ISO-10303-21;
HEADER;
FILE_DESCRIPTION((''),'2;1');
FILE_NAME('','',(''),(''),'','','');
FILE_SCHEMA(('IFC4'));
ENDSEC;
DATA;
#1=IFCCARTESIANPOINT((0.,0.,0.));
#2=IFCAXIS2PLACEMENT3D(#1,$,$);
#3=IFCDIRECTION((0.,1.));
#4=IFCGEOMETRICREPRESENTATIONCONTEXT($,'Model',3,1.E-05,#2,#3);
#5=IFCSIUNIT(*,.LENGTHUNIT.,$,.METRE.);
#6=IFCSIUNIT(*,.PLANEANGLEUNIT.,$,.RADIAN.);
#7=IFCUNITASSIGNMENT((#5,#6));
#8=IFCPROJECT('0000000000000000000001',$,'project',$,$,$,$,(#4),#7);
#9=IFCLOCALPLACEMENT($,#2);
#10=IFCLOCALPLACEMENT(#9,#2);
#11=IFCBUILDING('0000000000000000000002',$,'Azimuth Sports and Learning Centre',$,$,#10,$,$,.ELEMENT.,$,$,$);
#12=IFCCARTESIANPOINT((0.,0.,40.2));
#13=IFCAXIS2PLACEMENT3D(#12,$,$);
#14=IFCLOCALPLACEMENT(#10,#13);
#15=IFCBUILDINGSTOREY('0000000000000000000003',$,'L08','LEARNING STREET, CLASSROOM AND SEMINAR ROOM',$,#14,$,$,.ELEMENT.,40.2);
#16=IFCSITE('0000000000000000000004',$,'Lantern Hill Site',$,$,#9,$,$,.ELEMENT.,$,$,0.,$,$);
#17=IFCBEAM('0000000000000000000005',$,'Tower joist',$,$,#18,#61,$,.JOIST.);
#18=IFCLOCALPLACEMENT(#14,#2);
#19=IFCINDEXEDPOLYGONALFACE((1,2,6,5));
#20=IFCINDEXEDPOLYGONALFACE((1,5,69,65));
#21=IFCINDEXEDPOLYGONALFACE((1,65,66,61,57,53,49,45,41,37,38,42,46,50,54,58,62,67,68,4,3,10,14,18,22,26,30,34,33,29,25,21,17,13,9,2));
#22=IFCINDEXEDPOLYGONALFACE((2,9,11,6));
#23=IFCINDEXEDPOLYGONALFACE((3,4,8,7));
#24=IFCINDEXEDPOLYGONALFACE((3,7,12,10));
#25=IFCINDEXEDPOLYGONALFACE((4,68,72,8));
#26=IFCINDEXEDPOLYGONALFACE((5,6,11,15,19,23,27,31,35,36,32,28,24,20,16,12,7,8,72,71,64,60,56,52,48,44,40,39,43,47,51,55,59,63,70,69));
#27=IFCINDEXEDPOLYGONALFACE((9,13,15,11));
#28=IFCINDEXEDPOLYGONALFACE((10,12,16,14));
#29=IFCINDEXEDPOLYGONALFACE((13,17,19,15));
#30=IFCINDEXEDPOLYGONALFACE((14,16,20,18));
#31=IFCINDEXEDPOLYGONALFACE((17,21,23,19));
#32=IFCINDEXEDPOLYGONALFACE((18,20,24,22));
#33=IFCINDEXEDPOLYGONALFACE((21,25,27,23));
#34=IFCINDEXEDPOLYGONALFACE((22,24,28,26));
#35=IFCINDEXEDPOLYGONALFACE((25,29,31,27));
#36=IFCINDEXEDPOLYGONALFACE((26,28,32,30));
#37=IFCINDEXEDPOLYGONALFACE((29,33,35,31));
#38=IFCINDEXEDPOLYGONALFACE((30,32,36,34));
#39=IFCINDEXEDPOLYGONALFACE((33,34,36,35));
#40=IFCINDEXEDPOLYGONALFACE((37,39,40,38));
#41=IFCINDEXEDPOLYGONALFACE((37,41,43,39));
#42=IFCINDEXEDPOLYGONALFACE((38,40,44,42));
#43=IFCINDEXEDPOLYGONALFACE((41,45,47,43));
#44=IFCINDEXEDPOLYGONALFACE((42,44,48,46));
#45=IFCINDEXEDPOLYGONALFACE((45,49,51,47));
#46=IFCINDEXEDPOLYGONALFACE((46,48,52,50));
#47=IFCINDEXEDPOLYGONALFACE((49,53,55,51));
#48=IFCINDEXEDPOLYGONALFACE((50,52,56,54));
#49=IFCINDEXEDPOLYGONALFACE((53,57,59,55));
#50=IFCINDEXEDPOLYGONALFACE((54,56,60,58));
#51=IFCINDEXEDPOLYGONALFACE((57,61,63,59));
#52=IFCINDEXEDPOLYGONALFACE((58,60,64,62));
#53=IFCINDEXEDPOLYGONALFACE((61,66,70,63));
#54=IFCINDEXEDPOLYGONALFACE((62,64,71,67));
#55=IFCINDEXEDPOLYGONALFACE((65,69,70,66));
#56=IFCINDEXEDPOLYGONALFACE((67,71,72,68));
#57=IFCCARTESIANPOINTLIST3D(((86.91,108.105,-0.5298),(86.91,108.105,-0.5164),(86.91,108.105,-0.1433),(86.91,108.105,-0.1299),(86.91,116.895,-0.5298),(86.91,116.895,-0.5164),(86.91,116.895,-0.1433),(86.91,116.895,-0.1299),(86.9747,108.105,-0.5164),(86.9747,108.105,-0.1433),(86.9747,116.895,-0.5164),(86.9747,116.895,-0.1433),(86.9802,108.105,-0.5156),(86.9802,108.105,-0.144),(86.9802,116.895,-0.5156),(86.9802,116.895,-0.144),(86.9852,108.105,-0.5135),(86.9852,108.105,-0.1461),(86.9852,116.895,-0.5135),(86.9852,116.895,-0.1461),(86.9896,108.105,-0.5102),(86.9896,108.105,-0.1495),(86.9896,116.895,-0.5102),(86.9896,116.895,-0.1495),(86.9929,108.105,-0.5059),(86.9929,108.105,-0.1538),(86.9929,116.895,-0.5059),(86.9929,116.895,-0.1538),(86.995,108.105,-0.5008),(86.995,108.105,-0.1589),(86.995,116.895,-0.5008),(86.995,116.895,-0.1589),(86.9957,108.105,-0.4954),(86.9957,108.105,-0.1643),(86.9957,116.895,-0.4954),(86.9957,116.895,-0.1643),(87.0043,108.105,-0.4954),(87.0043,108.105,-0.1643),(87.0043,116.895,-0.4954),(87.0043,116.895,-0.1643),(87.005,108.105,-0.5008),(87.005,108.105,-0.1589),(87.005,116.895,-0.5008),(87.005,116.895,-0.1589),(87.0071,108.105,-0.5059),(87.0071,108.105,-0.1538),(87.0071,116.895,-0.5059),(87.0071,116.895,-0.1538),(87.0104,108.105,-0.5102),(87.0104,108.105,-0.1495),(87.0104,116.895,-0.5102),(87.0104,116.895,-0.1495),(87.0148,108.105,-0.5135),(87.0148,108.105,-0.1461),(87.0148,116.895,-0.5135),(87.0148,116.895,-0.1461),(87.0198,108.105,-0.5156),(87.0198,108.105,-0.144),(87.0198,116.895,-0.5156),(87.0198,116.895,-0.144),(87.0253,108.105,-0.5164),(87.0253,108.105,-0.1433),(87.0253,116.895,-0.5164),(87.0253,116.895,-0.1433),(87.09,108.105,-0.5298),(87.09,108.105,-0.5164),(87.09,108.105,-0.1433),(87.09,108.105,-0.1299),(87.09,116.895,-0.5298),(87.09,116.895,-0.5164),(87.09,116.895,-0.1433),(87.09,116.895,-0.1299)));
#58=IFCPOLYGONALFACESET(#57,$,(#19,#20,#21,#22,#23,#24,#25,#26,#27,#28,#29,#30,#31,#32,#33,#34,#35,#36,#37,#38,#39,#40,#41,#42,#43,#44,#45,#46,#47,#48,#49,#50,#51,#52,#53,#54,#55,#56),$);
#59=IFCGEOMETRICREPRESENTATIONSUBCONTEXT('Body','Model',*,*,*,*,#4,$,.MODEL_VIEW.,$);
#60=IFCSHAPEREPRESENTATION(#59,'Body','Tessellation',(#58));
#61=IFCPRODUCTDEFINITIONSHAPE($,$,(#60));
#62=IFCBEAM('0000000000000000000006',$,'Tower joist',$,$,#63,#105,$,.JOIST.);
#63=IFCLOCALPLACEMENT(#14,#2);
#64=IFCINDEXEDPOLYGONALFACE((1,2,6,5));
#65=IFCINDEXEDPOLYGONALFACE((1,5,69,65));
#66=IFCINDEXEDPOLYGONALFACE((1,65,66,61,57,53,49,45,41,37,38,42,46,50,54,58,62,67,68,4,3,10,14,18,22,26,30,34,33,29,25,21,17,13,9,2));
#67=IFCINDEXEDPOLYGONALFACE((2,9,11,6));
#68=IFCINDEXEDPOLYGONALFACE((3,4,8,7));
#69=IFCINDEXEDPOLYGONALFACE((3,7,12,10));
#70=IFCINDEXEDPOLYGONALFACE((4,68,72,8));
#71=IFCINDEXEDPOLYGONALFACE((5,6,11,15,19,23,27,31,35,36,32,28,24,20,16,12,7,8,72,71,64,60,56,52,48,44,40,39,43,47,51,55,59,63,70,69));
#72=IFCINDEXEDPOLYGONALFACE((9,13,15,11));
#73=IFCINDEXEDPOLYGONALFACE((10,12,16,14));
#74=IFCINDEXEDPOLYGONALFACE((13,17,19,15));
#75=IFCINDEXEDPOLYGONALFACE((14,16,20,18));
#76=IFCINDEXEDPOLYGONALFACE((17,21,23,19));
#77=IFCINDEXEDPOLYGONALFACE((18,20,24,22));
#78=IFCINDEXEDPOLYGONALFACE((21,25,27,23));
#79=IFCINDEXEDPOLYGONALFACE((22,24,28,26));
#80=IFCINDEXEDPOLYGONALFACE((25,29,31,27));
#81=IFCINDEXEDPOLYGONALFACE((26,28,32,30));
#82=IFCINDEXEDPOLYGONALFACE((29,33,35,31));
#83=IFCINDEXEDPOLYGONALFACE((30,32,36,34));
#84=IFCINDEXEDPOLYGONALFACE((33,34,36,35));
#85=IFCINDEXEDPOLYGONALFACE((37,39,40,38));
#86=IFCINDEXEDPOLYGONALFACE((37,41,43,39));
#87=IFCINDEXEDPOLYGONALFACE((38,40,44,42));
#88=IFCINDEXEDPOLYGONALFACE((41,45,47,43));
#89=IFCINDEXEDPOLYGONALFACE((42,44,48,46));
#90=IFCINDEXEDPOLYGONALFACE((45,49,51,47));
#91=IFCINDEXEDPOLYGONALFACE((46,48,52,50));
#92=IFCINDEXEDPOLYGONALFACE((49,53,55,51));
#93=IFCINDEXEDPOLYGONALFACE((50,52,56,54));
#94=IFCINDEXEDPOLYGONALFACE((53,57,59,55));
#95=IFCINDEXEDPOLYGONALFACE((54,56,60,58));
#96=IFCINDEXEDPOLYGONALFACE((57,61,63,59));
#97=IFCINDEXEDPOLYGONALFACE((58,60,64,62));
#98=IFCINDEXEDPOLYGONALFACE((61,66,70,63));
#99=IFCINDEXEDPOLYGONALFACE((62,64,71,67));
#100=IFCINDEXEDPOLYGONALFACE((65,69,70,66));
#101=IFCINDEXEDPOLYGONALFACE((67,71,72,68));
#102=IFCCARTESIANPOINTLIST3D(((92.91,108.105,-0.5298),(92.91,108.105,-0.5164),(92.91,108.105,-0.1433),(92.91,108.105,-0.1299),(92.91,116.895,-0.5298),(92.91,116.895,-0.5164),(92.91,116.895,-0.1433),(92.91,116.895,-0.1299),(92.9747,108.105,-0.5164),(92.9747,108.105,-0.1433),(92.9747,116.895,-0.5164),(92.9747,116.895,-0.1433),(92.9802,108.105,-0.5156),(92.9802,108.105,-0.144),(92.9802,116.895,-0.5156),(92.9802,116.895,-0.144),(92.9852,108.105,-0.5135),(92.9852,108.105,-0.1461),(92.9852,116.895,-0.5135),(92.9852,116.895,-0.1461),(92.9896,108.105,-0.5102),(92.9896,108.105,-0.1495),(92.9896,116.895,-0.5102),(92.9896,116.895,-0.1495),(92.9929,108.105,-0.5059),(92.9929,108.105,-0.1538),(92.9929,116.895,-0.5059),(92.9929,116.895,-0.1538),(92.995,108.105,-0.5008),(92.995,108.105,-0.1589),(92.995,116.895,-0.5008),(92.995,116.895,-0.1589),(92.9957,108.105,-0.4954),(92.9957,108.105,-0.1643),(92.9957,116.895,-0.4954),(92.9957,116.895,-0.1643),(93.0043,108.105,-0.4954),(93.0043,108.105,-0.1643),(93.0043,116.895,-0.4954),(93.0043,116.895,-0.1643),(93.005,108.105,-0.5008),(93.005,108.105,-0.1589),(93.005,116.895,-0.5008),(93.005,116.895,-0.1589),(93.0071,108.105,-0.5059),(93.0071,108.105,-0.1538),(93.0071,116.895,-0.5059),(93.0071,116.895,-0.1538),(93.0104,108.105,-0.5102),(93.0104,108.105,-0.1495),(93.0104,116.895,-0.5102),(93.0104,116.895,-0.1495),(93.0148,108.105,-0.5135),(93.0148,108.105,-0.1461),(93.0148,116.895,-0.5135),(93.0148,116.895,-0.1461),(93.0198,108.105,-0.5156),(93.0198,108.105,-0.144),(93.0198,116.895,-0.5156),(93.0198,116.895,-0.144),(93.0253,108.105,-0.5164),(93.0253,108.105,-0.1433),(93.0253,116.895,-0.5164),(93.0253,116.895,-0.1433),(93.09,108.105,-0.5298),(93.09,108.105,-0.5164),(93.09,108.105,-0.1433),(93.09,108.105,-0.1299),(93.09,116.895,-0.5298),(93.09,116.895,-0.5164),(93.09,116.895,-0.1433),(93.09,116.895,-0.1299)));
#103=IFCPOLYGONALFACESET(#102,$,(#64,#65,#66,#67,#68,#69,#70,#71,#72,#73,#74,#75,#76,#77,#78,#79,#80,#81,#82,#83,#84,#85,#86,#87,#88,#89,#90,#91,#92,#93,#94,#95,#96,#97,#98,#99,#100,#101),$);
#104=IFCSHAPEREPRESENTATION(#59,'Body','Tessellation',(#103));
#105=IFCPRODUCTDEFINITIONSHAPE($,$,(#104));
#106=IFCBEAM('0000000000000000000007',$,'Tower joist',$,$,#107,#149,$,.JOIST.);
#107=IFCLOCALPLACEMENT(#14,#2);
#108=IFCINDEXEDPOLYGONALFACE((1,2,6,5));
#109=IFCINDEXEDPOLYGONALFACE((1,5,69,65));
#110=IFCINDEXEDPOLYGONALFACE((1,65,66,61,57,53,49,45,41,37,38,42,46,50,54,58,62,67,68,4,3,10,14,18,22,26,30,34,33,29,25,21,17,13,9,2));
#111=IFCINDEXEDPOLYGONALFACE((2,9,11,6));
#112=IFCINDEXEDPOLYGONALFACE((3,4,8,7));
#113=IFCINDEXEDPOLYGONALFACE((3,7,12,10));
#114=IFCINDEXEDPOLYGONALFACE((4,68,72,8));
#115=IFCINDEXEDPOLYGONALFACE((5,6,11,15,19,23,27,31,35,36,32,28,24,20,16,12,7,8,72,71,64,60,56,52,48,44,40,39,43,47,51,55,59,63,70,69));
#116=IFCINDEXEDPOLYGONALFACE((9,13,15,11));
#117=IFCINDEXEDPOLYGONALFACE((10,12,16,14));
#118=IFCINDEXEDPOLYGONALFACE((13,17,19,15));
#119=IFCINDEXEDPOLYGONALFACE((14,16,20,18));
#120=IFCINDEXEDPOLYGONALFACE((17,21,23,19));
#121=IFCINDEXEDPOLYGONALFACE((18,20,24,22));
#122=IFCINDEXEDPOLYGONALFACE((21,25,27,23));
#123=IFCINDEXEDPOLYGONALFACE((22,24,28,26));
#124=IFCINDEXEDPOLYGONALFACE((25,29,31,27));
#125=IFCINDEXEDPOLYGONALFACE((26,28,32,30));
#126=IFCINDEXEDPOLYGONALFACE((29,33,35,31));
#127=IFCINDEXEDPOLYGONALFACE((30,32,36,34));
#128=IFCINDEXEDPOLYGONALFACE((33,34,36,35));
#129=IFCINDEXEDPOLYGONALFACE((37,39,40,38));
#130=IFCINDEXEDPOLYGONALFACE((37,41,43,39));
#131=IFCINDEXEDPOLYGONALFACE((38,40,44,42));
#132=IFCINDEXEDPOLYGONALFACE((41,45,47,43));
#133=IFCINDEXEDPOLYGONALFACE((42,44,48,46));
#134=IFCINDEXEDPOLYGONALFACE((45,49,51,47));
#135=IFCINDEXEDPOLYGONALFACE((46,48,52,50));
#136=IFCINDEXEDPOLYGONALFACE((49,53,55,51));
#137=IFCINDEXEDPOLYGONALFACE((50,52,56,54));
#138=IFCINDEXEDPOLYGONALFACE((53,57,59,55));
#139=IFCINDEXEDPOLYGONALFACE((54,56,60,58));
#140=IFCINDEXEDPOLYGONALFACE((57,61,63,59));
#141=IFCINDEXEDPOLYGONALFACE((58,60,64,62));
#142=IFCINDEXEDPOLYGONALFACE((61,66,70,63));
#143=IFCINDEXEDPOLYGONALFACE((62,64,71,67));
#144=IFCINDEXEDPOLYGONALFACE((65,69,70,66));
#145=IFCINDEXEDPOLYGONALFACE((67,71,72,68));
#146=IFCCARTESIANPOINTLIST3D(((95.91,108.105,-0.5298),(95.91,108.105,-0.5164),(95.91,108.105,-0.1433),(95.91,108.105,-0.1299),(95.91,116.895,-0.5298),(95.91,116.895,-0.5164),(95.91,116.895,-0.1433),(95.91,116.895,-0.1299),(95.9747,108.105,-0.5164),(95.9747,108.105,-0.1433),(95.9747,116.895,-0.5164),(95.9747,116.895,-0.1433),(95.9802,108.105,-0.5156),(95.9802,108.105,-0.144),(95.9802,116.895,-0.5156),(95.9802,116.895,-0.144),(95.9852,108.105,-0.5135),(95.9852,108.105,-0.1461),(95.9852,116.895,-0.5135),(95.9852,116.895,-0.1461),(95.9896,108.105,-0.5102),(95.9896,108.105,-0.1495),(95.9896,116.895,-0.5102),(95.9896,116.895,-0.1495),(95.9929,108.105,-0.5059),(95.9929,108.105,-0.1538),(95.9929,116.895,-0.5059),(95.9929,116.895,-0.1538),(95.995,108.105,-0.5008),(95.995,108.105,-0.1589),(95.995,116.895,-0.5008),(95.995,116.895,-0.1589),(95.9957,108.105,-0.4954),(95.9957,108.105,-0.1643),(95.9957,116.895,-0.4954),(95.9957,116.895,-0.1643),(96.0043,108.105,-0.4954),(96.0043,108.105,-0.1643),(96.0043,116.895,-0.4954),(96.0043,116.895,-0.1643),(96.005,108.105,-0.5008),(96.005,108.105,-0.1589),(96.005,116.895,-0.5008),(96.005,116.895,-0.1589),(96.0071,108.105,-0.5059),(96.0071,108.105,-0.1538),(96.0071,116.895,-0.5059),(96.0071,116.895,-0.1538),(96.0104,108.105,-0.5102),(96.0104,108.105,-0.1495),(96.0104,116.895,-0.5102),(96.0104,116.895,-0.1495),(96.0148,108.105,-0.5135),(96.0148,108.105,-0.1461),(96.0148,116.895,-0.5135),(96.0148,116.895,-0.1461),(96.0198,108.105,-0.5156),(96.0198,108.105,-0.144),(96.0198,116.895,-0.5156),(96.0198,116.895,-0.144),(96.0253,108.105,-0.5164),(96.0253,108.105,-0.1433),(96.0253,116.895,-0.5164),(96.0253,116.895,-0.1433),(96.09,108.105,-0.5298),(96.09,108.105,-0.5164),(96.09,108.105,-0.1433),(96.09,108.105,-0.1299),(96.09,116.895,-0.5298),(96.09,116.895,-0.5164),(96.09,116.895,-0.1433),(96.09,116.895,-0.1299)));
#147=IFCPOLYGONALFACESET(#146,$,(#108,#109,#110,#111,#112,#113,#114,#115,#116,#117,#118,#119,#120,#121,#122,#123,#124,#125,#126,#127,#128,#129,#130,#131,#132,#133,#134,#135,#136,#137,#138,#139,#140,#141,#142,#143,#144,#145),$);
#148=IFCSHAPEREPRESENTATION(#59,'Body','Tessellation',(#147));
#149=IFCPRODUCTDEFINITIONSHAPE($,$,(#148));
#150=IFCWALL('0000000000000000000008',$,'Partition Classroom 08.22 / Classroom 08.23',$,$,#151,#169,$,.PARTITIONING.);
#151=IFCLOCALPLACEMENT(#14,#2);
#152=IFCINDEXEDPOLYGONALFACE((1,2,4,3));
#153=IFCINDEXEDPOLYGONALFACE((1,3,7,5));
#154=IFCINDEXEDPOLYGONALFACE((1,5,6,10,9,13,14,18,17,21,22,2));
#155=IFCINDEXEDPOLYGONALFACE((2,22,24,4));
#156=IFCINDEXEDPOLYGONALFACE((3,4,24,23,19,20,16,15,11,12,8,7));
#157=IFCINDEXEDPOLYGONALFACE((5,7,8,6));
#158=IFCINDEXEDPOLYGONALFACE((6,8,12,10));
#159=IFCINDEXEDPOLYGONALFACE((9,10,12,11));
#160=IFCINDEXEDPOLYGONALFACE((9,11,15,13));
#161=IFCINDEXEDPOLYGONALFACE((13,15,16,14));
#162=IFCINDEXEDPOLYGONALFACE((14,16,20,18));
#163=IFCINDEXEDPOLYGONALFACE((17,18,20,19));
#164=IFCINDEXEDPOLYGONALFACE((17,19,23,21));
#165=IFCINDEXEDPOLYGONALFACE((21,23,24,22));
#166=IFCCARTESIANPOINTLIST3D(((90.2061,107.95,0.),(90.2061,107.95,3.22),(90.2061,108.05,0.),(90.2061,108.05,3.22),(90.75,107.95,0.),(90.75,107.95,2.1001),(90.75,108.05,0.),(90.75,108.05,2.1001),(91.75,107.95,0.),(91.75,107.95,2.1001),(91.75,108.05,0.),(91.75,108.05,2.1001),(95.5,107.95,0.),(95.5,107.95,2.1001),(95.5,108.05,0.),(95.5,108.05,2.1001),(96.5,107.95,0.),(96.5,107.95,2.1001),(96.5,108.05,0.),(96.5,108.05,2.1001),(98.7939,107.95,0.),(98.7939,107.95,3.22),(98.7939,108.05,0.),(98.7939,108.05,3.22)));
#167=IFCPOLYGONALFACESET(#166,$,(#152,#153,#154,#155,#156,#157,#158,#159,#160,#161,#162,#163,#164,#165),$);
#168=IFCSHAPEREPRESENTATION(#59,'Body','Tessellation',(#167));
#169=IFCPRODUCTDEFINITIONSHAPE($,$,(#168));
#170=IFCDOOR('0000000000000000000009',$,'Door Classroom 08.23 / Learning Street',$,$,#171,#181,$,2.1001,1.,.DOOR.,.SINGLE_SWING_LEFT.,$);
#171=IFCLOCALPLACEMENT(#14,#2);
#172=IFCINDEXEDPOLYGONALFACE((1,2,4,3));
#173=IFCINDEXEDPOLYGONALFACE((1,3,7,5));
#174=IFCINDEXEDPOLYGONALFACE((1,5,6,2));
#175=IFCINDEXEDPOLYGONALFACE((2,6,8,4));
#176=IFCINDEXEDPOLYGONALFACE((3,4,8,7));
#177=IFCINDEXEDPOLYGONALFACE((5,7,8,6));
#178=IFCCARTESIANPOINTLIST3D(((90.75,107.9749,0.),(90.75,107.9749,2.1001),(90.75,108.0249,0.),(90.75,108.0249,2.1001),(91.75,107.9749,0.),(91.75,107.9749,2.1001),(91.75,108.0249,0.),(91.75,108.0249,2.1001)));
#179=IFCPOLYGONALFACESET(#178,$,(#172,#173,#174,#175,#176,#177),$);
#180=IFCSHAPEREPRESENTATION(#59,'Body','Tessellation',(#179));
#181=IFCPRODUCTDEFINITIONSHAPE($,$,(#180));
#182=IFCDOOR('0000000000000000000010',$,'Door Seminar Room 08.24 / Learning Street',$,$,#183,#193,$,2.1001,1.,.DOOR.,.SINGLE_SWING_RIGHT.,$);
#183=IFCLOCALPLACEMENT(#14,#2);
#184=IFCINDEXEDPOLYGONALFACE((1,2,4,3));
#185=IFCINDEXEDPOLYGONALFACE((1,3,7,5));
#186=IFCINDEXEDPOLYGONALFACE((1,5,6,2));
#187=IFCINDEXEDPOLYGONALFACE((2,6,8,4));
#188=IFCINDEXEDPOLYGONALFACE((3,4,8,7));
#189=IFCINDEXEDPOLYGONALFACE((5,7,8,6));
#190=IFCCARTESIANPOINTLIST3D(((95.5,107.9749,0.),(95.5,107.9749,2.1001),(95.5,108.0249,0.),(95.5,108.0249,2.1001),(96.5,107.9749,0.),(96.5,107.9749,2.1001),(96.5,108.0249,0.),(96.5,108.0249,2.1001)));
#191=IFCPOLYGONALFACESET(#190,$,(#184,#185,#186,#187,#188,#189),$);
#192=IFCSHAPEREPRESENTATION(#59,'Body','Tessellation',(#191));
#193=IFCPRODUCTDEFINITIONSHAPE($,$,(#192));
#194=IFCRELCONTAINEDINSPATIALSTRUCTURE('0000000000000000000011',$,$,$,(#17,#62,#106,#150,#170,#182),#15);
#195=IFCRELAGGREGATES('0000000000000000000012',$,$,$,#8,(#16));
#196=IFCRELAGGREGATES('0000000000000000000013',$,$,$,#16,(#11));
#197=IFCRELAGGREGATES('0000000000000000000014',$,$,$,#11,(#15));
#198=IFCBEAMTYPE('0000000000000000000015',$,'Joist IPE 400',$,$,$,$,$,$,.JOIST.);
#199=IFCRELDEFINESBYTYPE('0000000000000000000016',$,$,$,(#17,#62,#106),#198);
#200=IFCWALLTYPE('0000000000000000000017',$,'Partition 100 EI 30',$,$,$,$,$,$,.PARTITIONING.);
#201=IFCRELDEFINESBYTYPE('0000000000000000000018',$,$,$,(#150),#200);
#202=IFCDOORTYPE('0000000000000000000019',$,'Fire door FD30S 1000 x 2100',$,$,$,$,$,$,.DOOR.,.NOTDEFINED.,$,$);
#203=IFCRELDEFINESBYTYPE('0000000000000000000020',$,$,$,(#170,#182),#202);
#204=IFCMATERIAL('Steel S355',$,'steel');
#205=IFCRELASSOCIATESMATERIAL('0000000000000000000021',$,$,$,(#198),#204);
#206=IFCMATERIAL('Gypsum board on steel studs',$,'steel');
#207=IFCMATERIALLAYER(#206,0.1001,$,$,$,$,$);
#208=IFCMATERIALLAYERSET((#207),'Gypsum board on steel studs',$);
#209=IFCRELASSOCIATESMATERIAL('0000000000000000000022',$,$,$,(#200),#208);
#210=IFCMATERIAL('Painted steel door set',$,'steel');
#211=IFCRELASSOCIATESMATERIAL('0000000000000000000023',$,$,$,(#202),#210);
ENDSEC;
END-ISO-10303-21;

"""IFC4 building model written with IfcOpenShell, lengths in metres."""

from ifc_helpers import new_model, si_unit, direction, frame, frame_2d, origin, origin_2d, place, context, subcontext, project, spatial, rectangle, i_section, extrude, material, layer, layer_set, material_profile, profile_set, type_object, element, fill, save


model = new_model("IFC4")

# Units and contexts
model_context = context("Model", 3, precision=1e-05, world=origin(), true_north=direction((0.0, 1.0)))
body_context = subcontext(model_context, "Body", "Model", "MODEL_VIEW")
ifc_project = project(units=[si_unit("LENGTHUNIT", "METRE"), si_unit("PLANEANGLEUNIT", "RADIAN")], contexts=[model_context])

# Site, building, storey
site_placement = place(None, origin())
site = spatial("IfcSite", under=ifc_project, at=site_placement, Name="Lantern Hill Site", CompositionType="ELEMENT", RefElevation=0.0)
building_placement = place(site_placement, origin())
building = spatial("IfcBuilding", under=site, at=building_placement, Name="Azimuth Sports and Learning Centre", CompositionType="ELEMENT")
storey_placement = place(building_placement, frame((0.0, 0.0, 40.2)))
storey = spatial("IfcBuildingStorey", under=building, at=storey_placement, Name="L08", Description="LEARNING STREET, CLASSROOM AND SEMINAR ROOM", CompositionType="ELEMENT", Elevation=40.2)

# Beams
ifc_material_1 = material(Name="Steel S355", Category="steel")
ifc_material_profile_1 = material_profile(ifc_material_1, i_section(OverallWidth=0.1799, OverallDepth=0.3999, WebThickness=0.0085, FlangeThickness=0.0134, FilletRadius=0.021, at=origin_2d()), Name="IPE 400")
ifc_profile_set_1 = profile_set([ifc_material_profile_1], Name="Steel S355")
beam_type_1 = type_object("IfcBeamType", Name="Joist IPE 400", PredefinedType="JOIST", material=ifc_profile_set_1)
for number, where, z_axis, x_axis, name in (
    (1, (87.0, 108.105, -0.3298), (0.0, 1.0, 0.0), (-1.0, 0.0, 0.0), "Tower joist"),
    (2, (93.0, 108.105, -0.3298), (0.0, 1.0, 0.0), (-1.0, 0.0, 0.0), "Tower joist"),
    (3, (96.0, 108.105, -0.3298), (0.0, 1.0, 0.0), (-1.0, 0.0, 0.0), "Tower joist"),
):
    element("IfcBeam", number, at=place(storey_placement, frame(where, z_axis=z_axis, x_axis=x_axis)), inside=storey, type_object=beam_type_1, Name=name, PredefinedType="JOIST", context=body_context, shape_type="SweptSolid", body=[
        extrude(i_section(OverallWidth=0.1799, OverallDepth=0.3999, WebThickness=0.0085, FlangeThickness=0.0134, FilletRadius=0.021, at=origin_2d()), origin(), (0.0, 0.0, 1.0), 8.79),
    ])

# Wall, openings, doors
ifc_material_2 = material(Name="Gypsum board on steel studs", Category="steel")
ifc_layer_1 = layer(ifc_material_2, 0.1001)
ifc_layer_set_1 = layer_set([ifc_layer_1], Name="Gypsum board on steel studs")
wall_type_1 = type_object("IfcWallType", Name="Partition 100 EI 30", PredefinedType="PARTITIONING", material=ifc_layer_set_1)
wall_1_placement = place(storey_placement, frame((90.2061, 108.0, 0.0), z_axis=(0.0, 0.0, 1.0), x_axis=(1.0, 0.0, 0.0)))
wall_1 = element("IfcWall", 4, at=wall_1_placement, inside=storey, type_object=wall_type_1, Name="Partition Classroom 08.22 / Classroom 08.23", PredefinedType="PARTITIONING", context=body_context, shape_type="SweptSolid", body=[
    extrude(rectangle(XDim=8.5879, YDim=0.1001, at=frame_2d((4.2939, 0.0))), origin(), (0.0, 0.0, 1.0), 3.22),
])
opening_1_placement = place(wall_1_placement, frame((0.5439, 0.0, 0.0)))
opening_1 = element("IfcOpeningElement", 5, at=opening_1_placement, cuts=wall_1, PredefinedType="OPENING", context=body_context, shape_type="SweptSolid", body=[
    extrude(rectangle(XDim=1.0, YDim=2.1001, at=frame_2d((0.5, 1.05))), frame((0.0, 0.061, 0.0), z_axis=(0.0, -1.0, 0.0), x_axis=(1.0, 0.0, 0.0)), (0.0, 0.0, 1.0), 0.1221),
])
opening_2_placement = place(wall_1_placement, frame((5.2939, 0.0, 0.0)))
opening_2 = element("IfcOpeningElement", 6, at=opening_2_placement, cuts=wall_1, PredefinedType="OPENING", context=body_context, shape_type="SweptSolid", body=[
    extrude(rectangle(XDim=1.0, YDim=2.1001, at=frame_2d((0.5, 1.05))), frame((0.0, 0.061, 0.0), z_axis=(0.0, -1.0, 0.0), x_axis=(1.0, 0.0, 0.0)), (0.0, 0.0, 1.0), 0.1221),
])
ifc_material_3 = material(Name="Painted steel door set", Category="steel")
door_type = type_object("IfcDoorType", Name="Fire door FD30S 1000 x 2100", OperationType="NOTDEFINED", PredefinedType="DOOR", material=ifc_material_3)
door_1_placement = place(opening_1_placement, origin())
door_1 = element("IfcDoor", 7, at=door_1_placement, inside=storey, type_object=door_type, Name="Door Classroom 08.23 / Learning Street", OperationType="SINGLE_SWING_LEFT", OverallHeight=2.1001, OverallWidth=1.0, PredefinedType="DOOR", context=body_context, shape_type="SweptSolid", body=[
    extrude(rectangle(XDim=1.0, YDim=2.1001, at=frame_2d((0.5, 1.05))), frame((0.0, 0.0249, 0.0), z_axis=(0.0, -1.0, 0.0), x_axis=(1.0, 0.0, 0.0)), (0.0, 0.0, 1.0), 0.05),
])
fill(opening_1, door_1)
door_2_placement = place(opening_2_placement, origin())
door_2 = element("IfcDoor", 8, at=door_2_placement, inside=storey, type_object=door_type, Name="Door Seminar Room 08.24 / Learning Street", OperationType="SINGLE_SWING_RIGHT", OverallHeight=2.1001, OverallWidth=1.0, PredefinedType="DOOR", context=body_context, shape_type="SweptSolid", body=[
    extrude(rectangle(XDim=1.0, YDim=2.1001, at=frame_2d((0.5, 1.05))), frame((0.0, 0.0249, 0.0), z_axis=(0.0, -1.0, 0.0), x_axis=(1.0, 0.0, 0.0)), (0.0, 0.0, 1.0), 0.05),
])
fill(opening_2, door_2)

save(model, "model.ifc")
